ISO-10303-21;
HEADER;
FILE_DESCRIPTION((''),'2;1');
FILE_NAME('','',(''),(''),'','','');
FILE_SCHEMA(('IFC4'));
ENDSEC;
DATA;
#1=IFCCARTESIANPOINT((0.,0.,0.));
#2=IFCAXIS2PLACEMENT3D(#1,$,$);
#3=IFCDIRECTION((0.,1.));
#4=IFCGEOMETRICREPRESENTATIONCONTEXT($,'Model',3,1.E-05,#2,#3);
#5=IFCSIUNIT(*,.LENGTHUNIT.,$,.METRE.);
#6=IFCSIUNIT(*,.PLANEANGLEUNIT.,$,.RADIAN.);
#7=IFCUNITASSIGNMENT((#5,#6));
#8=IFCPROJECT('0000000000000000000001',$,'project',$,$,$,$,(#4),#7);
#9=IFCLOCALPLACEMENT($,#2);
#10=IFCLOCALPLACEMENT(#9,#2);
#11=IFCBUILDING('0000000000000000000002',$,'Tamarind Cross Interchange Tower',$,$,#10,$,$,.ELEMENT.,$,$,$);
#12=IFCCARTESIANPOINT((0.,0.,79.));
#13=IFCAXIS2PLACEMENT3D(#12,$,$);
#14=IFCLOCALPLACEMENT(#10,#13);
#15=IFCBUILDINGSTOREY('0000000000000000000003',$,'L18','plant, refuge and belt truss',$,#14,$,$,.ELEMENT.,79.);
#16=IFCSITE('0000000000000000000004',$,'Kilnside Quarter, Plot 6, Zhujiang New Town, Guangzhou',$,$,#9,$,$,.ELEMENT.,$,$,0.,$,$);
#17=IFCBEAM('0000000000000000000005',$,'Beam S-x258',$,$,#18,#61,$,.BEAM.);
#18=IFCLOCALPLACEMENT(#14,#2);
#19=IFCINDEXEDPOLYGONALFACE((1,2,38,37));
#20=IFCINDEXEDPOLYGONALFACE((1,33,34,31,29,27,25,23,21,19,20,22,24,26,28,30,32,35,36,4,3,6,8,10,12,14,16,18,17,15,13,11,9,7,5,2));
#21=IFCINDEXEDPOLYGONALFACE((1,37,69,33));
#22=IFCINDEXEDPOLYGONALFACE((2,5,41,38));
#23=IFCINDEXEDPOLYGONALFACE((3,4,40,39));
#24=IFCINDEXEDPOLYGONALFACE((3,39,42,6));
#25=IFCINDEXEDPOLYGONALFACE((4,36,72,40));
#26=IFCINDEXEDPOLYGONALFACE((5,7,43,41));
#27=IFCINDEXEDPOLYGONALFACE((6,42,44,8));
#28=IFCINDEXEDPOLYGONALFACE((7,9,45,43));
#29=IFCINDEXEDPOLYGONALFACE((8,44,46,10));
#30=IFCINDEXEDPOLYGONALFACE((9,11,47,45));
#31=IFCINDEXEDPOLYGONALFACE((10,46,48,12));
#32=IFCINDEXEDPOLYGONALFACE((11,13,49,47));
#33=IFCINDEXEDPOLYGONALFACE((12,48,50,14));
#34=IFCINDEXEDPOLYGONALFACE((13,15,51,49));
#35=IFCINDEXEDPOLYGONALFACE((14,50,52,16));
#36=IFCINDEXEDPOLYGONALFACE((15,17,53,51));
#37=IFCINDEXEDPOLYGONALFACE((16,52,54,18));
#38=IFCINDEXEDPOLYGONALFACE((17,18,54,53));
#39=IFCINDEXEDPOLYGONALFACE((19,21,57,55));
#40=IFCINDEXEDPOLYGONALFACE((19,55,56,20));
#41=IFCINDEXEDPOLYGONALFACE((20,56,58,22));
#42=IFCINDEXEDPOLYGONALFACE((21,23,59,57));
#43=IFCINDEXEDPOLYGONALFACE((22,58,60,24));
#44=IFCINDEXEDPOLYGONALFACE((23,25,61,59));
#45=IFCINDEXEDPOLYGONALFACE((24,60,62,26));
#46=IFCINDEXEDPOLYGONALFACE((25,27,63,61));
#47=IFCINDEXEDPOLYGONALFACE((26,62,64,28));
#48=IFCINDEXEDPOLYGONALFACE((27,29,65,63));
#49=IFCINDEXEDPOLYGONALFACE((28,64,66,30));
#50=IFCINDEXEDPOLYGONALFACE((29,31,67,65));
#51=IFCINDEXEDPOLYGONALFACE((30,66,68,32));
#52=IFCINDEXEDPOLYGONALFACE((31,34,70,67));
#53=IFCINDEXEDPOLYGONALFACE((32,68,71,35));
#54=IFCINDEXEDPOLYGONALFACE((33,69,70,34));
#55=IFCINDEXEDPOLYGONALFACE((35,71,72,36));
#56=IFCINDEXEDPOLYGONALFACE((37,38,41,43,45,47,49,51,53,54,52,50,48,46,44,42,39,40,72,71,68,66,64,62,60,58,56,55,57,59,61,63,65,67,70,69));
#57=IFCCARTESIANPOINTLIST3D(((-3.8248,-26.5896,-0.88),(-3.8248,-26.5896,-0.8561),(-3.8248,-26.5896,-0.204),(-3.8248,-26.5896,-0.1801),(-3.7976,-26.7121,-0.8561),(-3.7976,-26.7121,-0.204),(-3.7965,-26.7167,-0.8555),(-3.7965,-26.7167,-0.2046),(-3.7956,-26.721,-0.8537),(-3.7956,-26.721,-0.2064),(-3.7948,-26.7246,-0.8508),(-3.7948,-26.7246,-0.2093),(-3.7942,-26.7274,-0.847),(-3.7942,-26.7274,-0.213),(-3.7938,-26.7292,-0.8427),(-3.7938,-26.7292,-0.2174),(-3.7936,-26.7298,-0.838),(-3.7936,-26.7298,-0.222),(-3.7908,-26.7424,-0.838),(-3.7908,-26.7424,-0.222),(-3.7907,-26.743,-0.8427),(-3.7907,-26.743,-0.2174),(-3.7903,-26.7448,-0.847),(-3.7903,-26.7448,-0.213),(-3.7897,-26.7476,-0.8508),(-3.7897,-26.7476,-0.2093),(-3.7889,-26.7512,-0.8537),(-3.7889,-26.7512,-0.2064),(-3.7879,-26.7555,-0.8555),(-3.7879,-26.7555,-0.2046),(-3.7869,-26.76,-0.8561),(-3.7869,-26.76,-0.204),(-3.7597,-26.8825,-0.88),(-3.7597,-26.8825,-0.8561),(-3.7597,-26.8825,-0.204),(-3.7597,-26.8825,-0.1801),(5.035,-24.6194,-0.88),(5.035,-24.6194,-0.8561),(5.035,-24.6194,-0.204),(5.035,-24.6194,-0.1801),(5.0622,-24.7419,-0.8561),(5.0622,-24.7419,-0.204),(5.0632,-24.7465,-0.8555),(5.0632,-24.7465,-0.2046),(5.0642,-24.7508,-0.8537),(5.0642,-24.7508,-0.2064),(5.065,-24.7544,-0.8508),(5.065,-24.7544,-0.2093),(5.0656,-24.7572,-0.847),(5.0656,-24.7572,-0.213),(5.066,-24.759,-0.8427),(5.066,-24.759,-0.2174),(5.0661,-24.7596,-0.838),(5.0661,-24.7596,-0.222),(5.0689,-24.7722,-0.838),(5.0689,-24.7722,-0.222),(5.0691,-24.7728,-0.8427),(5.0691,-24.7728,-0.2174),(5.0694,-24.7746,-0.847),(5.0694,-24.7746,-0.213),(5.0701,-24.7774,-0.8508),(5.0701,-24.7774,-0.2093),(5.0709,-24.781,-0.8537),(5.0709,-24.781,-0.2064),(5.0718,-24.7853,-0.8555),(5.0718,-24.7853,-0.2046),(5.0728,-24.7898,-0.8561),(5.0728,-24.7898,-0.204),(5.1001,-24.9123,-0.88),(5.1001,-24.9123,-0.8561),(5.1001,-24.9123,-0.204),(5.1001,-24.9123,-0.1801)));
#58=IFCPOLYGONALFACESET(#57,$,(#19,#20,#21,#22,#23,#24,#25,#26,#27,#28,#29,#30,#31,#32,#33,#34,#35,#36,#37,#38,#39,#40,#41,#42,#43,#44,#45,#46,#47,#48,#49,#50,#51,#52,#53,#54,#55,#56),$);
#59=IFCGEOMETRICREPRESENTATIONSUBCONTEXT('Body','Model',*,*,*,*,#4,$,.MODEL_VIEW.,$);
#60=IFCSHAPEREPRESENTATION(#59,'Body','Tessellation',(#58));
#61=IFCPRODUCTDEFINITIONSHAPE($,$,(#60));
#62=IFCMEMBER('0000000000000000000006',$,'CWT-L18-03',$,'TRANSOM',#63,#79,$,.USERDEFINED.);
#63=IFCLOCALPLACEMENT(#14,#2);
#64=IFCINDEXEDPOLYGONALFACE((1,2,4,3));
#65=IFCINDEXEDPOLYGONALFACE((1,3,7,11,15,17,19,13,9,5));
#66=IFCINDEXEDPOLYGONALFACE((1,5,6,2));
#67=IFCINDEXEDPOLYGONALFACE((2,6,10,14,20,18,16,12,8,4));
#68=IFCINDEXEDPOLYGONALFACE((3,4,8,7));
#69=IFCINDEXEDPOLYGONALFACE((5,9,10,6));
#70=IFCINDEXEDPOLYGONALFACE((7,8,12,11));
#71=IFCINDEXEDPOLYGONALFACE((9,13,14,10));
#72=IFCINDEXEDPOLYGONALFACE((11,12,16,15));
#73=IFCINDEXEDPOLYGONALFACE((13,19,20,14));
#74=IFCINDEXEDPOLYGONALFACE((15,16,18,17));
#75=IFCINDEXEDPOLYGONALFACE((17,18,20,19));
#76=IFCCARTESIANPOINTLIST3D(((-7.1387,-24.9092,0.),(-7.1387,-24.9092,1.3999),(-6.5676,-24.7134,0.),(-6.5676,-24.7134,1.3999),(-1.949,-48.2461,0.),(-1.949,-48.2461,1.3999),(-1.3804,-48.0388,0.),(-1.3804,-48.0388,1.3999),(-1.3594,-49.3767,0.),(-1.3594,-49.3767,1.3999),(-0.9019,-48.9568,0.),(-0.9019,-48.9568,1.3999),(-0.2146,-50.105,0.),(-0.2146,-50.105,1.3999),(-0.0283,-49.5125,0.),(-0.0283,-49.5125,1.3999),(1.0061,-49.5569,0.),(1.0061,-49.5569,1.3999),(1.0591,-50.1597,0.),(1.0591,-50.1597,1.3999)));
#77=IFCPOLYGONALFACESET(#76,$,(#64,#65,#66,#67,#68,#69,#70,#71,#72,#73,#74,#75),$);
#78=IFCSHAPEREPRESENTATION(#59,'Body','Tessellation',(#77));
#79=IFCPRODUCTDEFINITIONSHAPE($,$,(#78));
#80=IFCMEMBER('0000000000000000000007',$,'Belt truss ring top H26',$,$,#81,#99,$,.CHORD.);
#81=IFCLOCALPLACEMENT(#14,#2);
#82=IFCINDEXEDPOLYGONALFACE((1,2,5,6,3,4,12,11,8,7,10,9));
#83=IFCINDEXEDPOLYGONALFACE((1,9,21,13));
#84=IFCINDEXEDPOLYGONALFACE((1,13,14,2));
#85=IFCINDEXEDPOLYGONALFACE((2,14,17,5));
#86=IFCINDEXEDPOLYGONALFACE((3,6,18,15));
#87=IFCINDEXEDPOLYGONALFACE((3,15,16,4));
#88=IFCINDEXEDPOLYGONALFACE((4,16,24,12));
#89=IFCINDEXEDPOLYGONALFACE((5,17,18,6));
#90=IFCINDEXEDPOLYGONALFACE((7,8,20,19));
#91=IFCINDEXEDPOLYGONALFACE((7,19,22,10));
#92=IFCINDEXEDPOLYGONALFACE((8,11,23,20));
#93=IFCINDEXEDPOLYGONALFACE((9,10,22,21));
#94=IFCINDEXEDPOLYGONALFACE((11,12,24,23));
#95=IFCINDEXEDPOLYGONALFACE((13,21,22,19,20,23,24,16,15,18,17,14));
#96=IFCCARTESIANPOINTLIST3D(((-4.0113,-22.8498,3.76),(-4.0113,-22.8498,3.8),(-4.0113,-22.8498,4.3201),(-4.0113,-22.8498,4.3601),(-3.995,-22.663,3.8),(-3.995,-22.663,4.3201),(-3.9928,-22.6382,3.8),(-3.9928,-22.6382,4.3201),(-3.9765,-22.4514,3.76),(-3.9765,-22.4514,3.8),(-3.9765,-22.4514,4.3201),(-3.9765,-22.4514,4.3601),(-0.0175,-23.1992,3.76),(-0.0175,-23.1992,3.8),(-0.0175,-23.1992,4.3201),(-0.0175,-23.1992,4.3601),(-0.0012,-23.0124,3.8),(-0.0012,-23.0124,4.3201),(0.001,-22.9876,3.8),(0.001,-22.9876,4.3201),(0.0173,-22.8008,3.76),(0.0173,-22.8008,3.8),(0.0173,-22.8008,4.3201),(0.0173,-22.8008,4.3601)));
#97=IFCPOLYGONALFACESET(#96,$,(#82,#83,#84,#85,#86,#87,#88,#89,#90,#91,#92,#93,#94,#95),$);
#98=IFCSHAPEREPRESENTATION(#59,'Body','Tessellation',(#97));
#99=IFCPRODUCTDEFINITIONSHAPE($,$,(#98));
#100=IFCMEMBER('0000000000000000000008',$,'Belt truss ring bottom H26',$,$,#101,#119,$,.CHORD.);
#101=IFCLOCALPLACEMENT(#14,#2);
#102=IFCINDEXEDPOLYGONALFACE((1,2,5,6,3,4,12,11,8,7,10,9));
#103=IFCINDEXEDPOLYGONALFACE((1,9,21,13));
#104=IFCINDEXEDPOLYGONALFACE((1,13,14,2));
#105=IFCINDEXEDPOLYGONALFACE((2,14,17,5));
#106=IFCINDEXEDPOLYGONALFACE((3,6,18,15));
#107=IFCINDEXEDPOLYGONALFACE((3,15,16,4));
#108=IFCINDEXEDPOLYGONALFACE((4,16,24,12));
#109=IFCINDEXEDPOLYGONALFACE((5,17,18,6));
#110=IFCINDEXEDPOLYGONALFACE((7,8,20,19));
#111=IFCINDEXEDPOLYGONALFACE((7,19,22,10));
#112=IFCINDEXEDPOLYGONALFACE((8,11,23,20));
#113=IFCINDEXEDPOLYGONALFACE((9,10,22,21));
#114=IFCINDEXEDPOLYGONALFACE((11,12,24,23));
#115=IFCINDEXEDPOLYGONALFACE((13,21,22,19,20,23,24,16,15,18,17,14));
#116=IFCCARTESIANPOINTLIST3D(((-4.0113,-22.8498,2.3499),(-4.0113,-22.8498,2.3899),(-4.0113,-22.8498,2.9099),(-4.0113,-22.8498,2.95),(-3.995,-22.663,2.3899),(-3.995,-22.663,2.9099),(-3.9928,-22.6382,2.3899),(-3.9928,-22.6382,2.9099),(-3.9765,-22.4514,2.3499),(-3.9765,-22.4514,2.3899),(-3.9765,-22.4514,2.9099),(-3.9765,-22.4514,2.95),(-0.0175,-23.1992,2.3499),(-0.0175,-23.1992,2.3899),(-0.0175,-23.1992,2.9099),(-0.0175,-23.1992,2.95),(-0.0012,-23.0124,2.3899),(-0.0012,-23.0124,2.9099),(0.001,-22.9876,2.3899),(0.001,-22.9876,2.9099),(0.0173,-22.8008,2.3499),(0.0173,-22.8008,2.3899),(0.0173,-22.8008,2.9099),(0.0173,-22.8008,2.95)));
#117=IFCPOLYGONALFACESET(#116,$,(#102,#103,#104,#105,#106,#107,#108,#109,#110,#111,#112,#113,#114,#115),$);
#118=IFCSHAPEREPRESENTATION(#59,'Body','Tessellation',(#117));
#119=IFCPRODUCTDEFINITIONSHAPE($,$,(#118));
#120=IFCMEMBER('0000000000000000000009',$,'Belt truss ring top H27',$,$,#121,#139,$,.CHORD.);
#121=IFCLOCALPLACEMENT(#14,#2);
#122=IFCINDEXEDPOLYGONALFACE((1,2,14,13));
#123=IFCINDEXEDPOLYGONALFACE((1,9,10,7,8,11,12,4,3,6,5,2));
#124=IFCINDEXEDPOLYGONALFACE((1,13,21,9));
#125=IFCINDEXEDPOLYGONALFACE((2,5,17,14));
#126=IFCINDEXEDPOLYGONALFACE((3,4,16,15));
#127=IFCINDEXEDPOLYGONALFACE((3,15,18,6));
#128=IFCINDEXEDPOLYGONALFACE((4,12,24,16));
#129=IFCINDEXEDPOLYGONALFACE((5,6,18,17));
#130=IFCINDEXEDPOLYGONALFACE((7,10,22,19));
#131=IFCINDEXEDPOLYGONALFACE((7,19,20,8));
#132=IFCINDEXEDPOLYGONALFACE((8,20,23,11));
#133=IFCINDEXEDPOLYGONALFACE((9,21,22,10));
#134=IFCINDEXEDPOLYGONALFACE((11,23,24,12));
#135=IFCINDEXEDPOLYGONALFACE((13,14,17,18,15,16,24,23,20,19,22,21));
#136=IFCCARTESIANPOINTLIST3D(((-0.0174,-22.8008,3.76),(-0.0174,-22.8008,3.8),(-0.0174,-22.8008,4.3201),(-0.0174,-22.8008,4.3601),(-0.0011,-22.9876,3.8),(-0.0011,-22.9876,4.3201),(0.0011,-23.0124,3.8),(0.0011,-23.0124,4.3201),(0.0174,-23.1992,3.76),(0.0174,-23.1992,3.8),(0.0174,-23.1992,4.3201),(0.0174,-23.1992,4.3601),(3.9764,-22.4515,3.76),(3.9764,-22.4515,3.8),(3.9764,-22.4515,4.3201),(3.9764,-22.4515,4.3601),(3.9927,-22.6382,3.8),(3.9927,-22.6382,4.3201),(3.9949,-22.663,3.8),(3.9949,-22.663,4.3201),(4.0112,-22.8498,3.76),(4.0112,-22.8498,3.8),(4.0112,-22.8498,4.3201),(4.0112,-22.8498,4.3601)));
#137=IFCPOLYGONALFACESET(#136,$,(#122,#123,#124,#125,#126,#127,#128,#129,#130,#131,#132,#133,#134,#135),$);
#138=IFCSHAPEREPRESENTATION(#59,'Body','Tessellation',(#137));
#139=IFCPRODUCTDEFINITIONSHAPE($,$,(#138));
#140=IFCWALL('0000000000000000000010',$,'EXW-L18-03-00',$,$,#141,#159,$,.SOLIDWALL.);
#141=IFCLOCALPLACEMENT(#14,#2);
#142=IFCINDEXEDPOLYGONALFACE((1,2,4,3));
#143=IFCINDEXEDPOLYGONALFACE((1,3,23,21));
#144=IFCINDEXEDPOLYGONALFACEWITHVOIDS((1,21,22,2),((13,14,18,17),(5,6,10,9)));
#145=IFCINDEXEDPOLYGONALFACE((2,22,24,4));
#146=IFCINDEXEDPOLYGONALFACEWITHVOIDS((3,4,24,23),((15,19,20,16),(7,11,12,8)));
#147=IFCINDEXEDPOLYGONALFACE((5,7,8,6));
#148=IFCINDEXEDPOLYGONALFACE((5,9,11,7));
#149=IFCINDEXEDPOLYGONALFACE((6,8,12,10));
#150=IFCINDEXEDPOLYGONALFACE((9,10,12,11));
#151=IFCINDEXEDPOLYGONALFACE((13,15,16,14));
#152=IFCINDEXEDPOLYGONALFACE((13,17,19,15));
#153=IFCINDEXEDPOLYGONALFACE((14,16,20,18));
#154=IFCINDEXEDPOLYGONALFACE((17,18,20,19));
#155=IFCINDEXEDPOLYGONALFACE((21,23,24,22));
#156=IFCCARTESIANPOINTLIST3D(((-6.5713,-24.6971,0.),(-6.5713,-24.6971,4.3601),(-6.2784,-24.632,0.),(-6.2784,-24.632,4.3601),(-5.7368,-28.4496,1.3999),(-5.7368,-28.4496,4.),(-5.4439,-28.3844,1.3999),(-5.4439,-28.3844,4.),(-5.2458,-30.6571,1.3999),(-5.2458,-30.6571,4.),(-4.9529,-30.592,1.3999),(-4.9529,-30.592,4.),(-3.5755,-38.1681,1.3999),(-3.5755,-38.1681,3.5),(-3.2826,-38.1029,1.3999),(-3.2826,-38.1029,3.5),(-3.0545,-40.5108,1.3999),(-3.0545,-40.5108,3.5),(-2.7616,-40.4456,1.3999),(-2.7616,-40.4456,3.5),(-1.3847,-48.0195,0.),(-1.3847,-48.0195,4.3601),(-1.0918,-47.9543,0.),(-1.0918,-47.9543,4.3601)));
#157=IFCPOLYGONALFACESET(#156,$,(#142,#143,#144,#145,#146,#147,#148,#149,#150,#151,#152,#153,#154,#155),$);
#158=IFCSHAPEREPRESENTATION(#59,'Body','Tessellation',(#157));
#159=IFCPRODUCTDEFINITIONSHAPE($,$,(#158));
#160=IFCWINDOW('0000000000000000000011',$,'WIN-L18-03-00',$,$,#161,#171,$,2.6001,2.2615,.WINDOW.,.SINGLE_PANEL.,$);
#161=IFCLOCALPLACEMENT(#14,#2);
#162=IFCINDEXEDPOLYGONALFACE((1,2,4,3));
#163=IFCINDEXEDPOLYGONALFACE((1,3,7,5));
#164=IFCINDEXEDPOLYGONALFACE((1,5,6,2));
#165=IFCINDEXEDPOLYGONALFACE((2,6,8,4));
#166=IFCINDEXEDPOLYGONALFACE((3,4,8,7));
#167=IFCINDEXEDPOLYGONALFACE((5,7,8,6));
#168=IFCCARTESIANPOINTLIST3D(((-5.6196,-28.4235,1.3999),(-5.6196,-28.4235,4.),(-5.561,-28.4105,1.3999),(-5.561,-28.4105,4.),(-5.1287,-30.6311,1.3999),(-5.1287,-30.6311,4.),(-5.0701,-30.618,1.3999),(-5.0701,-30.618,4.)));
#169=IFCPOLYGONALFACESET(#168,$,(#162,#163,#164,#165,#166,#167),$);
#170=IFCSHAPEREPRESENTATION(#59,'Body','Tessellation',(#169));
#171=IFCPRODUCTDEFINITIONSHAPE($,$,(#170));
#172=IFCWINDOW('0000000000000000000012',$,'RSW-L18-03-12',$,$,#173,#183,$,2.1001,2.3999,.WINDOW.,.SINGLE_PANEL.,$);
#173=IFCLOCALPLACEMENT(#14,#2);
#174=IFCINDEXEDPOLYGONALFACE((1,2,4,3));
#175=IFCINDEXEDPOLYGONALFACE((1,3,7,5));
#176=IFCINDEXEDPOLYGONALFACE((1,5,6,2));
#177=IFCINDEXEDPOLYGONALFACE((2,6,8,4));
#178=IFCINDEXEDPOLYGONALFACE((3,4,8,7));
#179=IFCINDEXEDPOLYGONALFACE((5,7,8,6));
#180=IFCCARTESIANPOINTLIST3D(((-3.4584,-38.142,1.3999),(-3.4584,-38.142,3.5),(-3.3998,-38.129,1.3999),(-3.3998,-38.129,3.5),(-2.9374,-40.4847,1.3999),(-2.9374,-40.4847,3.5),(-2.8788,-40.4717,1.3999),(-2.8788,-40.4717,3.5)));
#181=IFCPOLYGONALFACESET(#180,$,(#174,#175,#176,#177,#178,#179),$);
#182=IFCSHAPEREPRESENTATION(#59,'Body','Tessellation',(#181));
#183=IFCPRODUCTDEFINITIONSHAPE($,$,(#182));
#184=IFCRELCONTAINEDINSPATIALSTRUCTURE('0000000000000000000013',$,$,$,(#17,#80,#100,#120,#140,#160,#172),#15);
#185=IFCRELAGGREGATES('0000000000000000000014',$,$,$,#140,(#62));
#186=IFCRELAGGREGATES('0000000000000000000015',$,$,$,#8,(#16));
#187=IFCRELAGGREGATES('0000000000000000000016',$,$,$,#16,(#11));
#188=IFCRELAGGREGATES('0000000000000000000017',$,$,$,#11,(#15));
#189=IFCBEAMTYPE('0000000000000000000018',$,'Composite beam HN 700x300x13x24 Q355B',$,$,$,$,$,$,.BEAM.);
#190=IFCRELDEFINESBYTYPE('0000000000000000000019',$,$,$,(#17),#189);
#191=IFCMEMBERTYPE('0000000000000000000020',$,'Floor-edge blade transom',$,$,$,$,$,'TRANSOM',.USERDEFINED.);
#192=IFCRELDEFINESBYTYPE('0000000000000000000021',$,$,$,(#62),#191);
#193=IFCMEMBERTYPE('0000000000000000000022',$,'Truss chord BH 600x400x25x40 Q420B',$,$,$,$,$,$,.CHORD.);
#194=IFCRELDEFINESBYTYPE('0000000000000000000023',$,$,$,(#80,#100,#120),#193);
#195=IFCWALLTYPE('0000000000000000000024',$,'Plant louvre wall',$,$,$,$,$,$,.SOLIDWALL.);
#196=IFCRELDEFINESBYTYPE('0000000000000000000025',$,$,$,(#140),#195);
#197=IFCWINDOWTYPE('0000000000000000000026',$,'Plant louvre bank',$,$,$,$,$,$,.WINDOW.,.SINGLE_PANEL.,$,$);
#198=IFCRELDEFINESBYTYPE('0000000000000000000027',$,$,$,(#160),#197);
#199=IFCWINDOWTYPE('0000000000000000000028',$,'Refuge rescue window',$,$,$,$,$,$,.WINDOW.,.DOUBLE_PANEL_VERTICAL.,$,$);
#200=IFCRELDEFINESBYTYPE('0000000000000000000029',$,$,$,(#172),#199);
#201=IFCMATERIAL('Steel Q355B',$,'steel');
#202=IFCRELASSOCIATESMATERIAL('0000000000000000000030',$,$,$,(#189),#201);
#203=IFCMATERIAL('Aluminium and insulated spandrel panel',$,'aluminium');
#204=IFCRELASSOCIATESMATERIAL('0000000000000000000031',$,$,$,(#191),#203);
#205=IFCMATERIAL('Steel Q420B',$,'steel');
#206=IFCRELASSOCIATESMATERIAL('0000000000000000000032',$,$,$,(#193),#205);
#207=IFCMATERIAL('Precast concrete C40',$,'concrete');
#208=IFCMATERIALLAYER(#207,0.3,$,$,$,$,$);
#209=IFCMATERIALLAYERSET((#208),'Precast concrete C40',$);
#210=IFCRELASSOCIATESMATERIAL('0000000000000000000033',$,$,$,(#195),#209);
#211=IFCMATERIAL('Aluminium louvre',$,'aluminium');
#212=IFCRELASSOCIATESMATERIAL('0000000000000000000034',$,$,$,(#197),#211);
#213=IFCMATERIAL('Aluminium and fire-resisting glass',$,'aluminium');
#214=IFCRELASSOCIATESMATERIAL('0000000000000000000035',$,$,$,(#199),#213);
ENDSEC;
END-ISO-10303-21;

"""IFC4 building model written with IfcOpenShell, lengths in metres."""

from ifc_helpers import new_model, si_unit, direction, frame, frame_2d, origin, origin_2d, place, context, subcontext, project, spatial, polyline, rectangle, i_section, outline, extrude, material, layer, layer_set, material_profile, profile_set, type_object, element, fill, aggregate, save


model = new_model("IFC4")

# Units and contexts
model_context = context("Model", 3, precision=1e-05, world=origin(), true_north=direction((0.0, 1.0)))
body_context = subcontext(model_context, "Body", "Model", "MODEL_VIEW")
ifc_project = project(units=[si_unit("LENGTHUNIT", "METRE"), si_unit("PLANEANGLEUNIT", "RADIAN")], contexts=[model_context])

# Site, building, storey
site_placement = place(None, origin())
site = spatial("IfcSite", under=ifc_project, at=site_placement, Name="Kilnside Quarter, Plot 6, Zhujiang New Town, Guangzhou", CompositionType="ELEMENT", RefElevation=0.0)
building_placement = place(site_placement, origin())
building = spatial("IfcBuilding", under=site, at=building_placement, Name="Tamarind Cross Interchange Tower", CompositionType="ELEMENT")
storey_placement = place(building_placement, frame((0.0, 0.0, 79.0)))
storey = spatial("IfcBuildingStorey", under=building, at=storey_placement, Name="L18", Description="plant, refuge and belt truss", CompositionType="ELEMENT", Elevation=79.0)

# Beam
ifc_material_1 = material(Name="Steel Q355B", Category="steel")
ifc_material_profile_1 = material_profile(ifc_material_1, i_section(OverallWidth=0.3, OverallDepth=0.7, WebThickness=0.0129, FlangeThickness=0.0239, FilletRadius=0.0181, at=origin_2d()), Name="HN 700x300x13x24")
ifc_profile_set_1 = profile_set([ifc_material_profile_1], Name="Steel Q355B")
beam_type_1 = type_object("IfcBeamType", Name="Composite beam HN 700x300x13x24 Q355B", PredefinedType="BEAM", material=ifc_profile_set_1)
beam_1_placement = place(storey_placement, frame((-3.7922, -26.7361, -0.53), z_axis=(0.976155, 0.217073, 0.0), x_axis=(-0.217073, 0.976155, 0.0)))
element("IfcBeam", 1, at=beam_1_placement, inside=storey, type_object=beam_type_1, Name="Beam S-x258", PredefinedType="BEAM", context=body_context, shape_type="SweptSolid", body=[
    extrude(i_section(OverallWidth=0.3, OverallDepth=0.7, WebThickness=0.0129, FlangeThickness=0.0239, FilletRadius=0.0181, at=origin_2d()), origin(), (0.0, 0.0, 1.0), 9.0762),
])

# Member
ifc_material_2 = material(Name="Aluminium and insulated spandrel panel", Category="aluminium")
member_type_1 = type_object("IfcMemberType", Name="Floor-edge blade transom", ElementType="TRANSOM", PredefinedType="USERDEFINED", material=ifc_material_2)
member_1_placement = place(storey_placement, origin())
member_1 = element("IfcMember", 2, at=member_1_placement, type_object=member_type_1, Name="CWT-L18-03", ObjectType="TRANSOM", PredefinedType="USERDEFINED", context=body_context, shape_type="SweptSolid", body=[
    extrude(outline(polyline([(-6.5676, -24.7134), (-1.3804, -48.0388), (-0.9019, -48.9568), (-0.0283, -49.5125), (1.0061, -49.5569), (1.0591, -50.1597), (-0.2146, -50.105), (-1.3594, -49.3767), (-1.949, -48.2461), (-7.1387, -24.9092), (-6.5676, -24.7134)])), origin(), (0.0, 0.0, 1.0), 1.3999),
])

# Members
ifc_material_3 = material(Name="Steel Q420B", Category="steel")
ifc_material_profile_2 = material_profile(ifc_material_3, i_section(OverallWidth=0.3999, OverallDepth=0.6001, WebThickness=0.0249, FlangeThickness=0.04, at=origin_2d()), Name="BH 600x400x25x40")
ifc_profile_set_2 = profile_set([ifc_material_profile_2], Name="Steel Q420B")
member_type_2 = type_object("IfcMemberType", Name="Truss chord BH 600x400x25x40 Q420B", PredefinedType="CHORD", material=ifc_profile_set_2)
for number, where, z_axis, x_axis, name in (
    (3, (-3.9939, -22.6506, 4.0601), (0.996196, -0.087142, 0.0), (0.087142, 0.996196, 0.0), "Belt truss ring top H26"),
    (4, (-3.9939, -22.6506, 2.6499), (0.996196, -0.087142, 0.0), (0.087142, 0.996196, 0.0), "Belt truss ring bottom H26"),
    (5, (0.0, -23.0, 4.0601), (0.996196, 0.087142, 0.0), (-0.087142, 0.996196, 0.0), "Belt truss ring top H27"),
):
    element("IfcMember", number, at=place(storey_placement, frame(where, z_axis=z_axis, x_axis=x_axis)), inside=storey, type_object=member_type_2, Name=name, PredefinedType="CHORD", context=body_context, shape_type="SweptSolid", body=[
        extrude(i_section(OverallWidth=0.3999, OverallDepth=0.6001, WebThickness=0.0249, FlangeThickness=0.04, at=origin_2d()), origin(), (0.0, 0.0, 1.0), 4.009),
    ])

# Shared definitions
ifc_material_4 = material(Name="Precast concrete C40", Category="concrete")
ifc_layer_1 = layer(ifc_material_4, 0.3)
ifc_layer_set_1 = layer_set([ifc_layer_1], Name="Precast concrete C40")
wall_type_1 = type_object("IfcWallType", Name="Plant louvre wall", PredefinedType="SOLIDWALL", material=ifc_layer_set_1)

# Wall, openings, windows
wall_1_placement = place(storey_placement, frame((-6.4248, -24.6646, 0.0), z_axis=(0.0, 0.0, 1.0), x_axis=(0.217082, -0.976153, 0.0)))
wall_1 = element("IfcWall", 6, at=wall_1_placement, inside=storey, type_object=wall_type_1, Name="EXW-L18-03-00", PredefinedType="SOLIDWALL", context=body_context, shape_type="SweptSolid", body=[
    extrude(rectangle(XDim=23.8921, YDim=0.3, at=frame_2d((11.946, 0.0))), origin(), (0.0, 0.0, 1.0), 4.3601),
])
opening_1_placement = place(wall_1_placement, frame((3.844, 0.0, 1.3999)))
opening_1 = element("IfcOpeningElement", 7, at=opening_1_placement, cuts=wall_1, PredefinedType="OPENING", context=body_context, shape_type="SweptSolid", body=[
    extrude(rectangle(XDim=2.2615, YDim=2.6001, at=frame_2d((1.1309, 1.3))), frame((0.0, 0.1599, 0.0), z_axis=(0.0, -1.0, 0.0), x_axis=(1.0, 0.0, 0.0)), (0.0, 0.0, 1.0), 0.3201),
])
opening_2_placement = place(wall_1_placement, frame((13.8, 0.0, 1.3999)))
opening_2 = element("IfcOpeningElement", 8, at=opening_2_placement, cuts=wall_1, PredefinedType="OPENING", context=body_context, shape_type="SweptSolid", body=[
    extrude(rectangle(XDim=2.3999, YDim=2.1001, at=frame_2d((1.2, 1.05))), frame((0.0, 0.1599, 0.0), z_axis=(0.0, -1.0, 0.0), x_axis=(1.0, 0.0, 0.0)), (0.0, 0.0, 1.0), 0.3201),
])
ifc_material_5 = material(Name="Aluminium louvre", Category="aluminium")
window_type_1 = type_object("IfcWindowType", Name="Plant louvre bank", PartitioningType="SINGLE_PANEL", PredefinedType="WINDOW", material=ifc_material_5)
window_1_placement = place(opening_1_placement, origin())
window_1 = element("IfcWindow", 9, at=window_1_placement, inside=storey, type_object=window_type_1, Name="WIN-L18-03-00", OverallHeight=2.6001, OverallWidth=2.2615, PartitioningType="SINGLE_PANEL", PredefinedType="WINDOW", context=body_context, shape_type="SweptSolid", body=[
    extrude(rectangle(XDim=2.2615, YDim=2.6001, at=frame_2d((1.1309, 1.3))), frame((0.0, 0.03, 0.0), z_axis=(0.0, -1.0, 0.0), x_axis=(1.0, 0.0, 0.0)), (0.0, 0.0, 1.0), 0.0601),
])
fill(opening_1, window_1)
ifc_material_6 = material(Name="Aluminium and fire-resisting glass", Category="aluminium")
window_type_2 = type_object("IfcWindowType", Name="Refuge rescue window", PartitioningType="DOUBLE_PANEL_VERTICAL", PredefinedType="WINDOW", material=ifc_material_6)
window_2_placement = place(opening_2_placement, origin())
window_2 = element("IfcWindow", 10, at=window_2_placement, inside=storey, type_object=window_type_2, Name="RSW-L18-03-12", OverallHeight=2.1001, OverallWidth=2.3999, PartitioningType="SINGLE_PANEL", PredefinedType="WINDOW", context=body_context, shape_type="SweptSolid", body=[
    extrude(rectangle(XDim=2.3999, YDim=2.1001, at=frame_2d((1.2, 1.05))), frame((0.0, 0.03, 0.0), z_axis=(0.0, -1.0, 0.0), x_axis=(1.0, 0.0, 0.0)), (0.0, 0.0, 1.0), 0.0601),
])
fill(opening_2, window_2)
aggregate(wall_1, [member_1])

save(model, "model.ifc")
